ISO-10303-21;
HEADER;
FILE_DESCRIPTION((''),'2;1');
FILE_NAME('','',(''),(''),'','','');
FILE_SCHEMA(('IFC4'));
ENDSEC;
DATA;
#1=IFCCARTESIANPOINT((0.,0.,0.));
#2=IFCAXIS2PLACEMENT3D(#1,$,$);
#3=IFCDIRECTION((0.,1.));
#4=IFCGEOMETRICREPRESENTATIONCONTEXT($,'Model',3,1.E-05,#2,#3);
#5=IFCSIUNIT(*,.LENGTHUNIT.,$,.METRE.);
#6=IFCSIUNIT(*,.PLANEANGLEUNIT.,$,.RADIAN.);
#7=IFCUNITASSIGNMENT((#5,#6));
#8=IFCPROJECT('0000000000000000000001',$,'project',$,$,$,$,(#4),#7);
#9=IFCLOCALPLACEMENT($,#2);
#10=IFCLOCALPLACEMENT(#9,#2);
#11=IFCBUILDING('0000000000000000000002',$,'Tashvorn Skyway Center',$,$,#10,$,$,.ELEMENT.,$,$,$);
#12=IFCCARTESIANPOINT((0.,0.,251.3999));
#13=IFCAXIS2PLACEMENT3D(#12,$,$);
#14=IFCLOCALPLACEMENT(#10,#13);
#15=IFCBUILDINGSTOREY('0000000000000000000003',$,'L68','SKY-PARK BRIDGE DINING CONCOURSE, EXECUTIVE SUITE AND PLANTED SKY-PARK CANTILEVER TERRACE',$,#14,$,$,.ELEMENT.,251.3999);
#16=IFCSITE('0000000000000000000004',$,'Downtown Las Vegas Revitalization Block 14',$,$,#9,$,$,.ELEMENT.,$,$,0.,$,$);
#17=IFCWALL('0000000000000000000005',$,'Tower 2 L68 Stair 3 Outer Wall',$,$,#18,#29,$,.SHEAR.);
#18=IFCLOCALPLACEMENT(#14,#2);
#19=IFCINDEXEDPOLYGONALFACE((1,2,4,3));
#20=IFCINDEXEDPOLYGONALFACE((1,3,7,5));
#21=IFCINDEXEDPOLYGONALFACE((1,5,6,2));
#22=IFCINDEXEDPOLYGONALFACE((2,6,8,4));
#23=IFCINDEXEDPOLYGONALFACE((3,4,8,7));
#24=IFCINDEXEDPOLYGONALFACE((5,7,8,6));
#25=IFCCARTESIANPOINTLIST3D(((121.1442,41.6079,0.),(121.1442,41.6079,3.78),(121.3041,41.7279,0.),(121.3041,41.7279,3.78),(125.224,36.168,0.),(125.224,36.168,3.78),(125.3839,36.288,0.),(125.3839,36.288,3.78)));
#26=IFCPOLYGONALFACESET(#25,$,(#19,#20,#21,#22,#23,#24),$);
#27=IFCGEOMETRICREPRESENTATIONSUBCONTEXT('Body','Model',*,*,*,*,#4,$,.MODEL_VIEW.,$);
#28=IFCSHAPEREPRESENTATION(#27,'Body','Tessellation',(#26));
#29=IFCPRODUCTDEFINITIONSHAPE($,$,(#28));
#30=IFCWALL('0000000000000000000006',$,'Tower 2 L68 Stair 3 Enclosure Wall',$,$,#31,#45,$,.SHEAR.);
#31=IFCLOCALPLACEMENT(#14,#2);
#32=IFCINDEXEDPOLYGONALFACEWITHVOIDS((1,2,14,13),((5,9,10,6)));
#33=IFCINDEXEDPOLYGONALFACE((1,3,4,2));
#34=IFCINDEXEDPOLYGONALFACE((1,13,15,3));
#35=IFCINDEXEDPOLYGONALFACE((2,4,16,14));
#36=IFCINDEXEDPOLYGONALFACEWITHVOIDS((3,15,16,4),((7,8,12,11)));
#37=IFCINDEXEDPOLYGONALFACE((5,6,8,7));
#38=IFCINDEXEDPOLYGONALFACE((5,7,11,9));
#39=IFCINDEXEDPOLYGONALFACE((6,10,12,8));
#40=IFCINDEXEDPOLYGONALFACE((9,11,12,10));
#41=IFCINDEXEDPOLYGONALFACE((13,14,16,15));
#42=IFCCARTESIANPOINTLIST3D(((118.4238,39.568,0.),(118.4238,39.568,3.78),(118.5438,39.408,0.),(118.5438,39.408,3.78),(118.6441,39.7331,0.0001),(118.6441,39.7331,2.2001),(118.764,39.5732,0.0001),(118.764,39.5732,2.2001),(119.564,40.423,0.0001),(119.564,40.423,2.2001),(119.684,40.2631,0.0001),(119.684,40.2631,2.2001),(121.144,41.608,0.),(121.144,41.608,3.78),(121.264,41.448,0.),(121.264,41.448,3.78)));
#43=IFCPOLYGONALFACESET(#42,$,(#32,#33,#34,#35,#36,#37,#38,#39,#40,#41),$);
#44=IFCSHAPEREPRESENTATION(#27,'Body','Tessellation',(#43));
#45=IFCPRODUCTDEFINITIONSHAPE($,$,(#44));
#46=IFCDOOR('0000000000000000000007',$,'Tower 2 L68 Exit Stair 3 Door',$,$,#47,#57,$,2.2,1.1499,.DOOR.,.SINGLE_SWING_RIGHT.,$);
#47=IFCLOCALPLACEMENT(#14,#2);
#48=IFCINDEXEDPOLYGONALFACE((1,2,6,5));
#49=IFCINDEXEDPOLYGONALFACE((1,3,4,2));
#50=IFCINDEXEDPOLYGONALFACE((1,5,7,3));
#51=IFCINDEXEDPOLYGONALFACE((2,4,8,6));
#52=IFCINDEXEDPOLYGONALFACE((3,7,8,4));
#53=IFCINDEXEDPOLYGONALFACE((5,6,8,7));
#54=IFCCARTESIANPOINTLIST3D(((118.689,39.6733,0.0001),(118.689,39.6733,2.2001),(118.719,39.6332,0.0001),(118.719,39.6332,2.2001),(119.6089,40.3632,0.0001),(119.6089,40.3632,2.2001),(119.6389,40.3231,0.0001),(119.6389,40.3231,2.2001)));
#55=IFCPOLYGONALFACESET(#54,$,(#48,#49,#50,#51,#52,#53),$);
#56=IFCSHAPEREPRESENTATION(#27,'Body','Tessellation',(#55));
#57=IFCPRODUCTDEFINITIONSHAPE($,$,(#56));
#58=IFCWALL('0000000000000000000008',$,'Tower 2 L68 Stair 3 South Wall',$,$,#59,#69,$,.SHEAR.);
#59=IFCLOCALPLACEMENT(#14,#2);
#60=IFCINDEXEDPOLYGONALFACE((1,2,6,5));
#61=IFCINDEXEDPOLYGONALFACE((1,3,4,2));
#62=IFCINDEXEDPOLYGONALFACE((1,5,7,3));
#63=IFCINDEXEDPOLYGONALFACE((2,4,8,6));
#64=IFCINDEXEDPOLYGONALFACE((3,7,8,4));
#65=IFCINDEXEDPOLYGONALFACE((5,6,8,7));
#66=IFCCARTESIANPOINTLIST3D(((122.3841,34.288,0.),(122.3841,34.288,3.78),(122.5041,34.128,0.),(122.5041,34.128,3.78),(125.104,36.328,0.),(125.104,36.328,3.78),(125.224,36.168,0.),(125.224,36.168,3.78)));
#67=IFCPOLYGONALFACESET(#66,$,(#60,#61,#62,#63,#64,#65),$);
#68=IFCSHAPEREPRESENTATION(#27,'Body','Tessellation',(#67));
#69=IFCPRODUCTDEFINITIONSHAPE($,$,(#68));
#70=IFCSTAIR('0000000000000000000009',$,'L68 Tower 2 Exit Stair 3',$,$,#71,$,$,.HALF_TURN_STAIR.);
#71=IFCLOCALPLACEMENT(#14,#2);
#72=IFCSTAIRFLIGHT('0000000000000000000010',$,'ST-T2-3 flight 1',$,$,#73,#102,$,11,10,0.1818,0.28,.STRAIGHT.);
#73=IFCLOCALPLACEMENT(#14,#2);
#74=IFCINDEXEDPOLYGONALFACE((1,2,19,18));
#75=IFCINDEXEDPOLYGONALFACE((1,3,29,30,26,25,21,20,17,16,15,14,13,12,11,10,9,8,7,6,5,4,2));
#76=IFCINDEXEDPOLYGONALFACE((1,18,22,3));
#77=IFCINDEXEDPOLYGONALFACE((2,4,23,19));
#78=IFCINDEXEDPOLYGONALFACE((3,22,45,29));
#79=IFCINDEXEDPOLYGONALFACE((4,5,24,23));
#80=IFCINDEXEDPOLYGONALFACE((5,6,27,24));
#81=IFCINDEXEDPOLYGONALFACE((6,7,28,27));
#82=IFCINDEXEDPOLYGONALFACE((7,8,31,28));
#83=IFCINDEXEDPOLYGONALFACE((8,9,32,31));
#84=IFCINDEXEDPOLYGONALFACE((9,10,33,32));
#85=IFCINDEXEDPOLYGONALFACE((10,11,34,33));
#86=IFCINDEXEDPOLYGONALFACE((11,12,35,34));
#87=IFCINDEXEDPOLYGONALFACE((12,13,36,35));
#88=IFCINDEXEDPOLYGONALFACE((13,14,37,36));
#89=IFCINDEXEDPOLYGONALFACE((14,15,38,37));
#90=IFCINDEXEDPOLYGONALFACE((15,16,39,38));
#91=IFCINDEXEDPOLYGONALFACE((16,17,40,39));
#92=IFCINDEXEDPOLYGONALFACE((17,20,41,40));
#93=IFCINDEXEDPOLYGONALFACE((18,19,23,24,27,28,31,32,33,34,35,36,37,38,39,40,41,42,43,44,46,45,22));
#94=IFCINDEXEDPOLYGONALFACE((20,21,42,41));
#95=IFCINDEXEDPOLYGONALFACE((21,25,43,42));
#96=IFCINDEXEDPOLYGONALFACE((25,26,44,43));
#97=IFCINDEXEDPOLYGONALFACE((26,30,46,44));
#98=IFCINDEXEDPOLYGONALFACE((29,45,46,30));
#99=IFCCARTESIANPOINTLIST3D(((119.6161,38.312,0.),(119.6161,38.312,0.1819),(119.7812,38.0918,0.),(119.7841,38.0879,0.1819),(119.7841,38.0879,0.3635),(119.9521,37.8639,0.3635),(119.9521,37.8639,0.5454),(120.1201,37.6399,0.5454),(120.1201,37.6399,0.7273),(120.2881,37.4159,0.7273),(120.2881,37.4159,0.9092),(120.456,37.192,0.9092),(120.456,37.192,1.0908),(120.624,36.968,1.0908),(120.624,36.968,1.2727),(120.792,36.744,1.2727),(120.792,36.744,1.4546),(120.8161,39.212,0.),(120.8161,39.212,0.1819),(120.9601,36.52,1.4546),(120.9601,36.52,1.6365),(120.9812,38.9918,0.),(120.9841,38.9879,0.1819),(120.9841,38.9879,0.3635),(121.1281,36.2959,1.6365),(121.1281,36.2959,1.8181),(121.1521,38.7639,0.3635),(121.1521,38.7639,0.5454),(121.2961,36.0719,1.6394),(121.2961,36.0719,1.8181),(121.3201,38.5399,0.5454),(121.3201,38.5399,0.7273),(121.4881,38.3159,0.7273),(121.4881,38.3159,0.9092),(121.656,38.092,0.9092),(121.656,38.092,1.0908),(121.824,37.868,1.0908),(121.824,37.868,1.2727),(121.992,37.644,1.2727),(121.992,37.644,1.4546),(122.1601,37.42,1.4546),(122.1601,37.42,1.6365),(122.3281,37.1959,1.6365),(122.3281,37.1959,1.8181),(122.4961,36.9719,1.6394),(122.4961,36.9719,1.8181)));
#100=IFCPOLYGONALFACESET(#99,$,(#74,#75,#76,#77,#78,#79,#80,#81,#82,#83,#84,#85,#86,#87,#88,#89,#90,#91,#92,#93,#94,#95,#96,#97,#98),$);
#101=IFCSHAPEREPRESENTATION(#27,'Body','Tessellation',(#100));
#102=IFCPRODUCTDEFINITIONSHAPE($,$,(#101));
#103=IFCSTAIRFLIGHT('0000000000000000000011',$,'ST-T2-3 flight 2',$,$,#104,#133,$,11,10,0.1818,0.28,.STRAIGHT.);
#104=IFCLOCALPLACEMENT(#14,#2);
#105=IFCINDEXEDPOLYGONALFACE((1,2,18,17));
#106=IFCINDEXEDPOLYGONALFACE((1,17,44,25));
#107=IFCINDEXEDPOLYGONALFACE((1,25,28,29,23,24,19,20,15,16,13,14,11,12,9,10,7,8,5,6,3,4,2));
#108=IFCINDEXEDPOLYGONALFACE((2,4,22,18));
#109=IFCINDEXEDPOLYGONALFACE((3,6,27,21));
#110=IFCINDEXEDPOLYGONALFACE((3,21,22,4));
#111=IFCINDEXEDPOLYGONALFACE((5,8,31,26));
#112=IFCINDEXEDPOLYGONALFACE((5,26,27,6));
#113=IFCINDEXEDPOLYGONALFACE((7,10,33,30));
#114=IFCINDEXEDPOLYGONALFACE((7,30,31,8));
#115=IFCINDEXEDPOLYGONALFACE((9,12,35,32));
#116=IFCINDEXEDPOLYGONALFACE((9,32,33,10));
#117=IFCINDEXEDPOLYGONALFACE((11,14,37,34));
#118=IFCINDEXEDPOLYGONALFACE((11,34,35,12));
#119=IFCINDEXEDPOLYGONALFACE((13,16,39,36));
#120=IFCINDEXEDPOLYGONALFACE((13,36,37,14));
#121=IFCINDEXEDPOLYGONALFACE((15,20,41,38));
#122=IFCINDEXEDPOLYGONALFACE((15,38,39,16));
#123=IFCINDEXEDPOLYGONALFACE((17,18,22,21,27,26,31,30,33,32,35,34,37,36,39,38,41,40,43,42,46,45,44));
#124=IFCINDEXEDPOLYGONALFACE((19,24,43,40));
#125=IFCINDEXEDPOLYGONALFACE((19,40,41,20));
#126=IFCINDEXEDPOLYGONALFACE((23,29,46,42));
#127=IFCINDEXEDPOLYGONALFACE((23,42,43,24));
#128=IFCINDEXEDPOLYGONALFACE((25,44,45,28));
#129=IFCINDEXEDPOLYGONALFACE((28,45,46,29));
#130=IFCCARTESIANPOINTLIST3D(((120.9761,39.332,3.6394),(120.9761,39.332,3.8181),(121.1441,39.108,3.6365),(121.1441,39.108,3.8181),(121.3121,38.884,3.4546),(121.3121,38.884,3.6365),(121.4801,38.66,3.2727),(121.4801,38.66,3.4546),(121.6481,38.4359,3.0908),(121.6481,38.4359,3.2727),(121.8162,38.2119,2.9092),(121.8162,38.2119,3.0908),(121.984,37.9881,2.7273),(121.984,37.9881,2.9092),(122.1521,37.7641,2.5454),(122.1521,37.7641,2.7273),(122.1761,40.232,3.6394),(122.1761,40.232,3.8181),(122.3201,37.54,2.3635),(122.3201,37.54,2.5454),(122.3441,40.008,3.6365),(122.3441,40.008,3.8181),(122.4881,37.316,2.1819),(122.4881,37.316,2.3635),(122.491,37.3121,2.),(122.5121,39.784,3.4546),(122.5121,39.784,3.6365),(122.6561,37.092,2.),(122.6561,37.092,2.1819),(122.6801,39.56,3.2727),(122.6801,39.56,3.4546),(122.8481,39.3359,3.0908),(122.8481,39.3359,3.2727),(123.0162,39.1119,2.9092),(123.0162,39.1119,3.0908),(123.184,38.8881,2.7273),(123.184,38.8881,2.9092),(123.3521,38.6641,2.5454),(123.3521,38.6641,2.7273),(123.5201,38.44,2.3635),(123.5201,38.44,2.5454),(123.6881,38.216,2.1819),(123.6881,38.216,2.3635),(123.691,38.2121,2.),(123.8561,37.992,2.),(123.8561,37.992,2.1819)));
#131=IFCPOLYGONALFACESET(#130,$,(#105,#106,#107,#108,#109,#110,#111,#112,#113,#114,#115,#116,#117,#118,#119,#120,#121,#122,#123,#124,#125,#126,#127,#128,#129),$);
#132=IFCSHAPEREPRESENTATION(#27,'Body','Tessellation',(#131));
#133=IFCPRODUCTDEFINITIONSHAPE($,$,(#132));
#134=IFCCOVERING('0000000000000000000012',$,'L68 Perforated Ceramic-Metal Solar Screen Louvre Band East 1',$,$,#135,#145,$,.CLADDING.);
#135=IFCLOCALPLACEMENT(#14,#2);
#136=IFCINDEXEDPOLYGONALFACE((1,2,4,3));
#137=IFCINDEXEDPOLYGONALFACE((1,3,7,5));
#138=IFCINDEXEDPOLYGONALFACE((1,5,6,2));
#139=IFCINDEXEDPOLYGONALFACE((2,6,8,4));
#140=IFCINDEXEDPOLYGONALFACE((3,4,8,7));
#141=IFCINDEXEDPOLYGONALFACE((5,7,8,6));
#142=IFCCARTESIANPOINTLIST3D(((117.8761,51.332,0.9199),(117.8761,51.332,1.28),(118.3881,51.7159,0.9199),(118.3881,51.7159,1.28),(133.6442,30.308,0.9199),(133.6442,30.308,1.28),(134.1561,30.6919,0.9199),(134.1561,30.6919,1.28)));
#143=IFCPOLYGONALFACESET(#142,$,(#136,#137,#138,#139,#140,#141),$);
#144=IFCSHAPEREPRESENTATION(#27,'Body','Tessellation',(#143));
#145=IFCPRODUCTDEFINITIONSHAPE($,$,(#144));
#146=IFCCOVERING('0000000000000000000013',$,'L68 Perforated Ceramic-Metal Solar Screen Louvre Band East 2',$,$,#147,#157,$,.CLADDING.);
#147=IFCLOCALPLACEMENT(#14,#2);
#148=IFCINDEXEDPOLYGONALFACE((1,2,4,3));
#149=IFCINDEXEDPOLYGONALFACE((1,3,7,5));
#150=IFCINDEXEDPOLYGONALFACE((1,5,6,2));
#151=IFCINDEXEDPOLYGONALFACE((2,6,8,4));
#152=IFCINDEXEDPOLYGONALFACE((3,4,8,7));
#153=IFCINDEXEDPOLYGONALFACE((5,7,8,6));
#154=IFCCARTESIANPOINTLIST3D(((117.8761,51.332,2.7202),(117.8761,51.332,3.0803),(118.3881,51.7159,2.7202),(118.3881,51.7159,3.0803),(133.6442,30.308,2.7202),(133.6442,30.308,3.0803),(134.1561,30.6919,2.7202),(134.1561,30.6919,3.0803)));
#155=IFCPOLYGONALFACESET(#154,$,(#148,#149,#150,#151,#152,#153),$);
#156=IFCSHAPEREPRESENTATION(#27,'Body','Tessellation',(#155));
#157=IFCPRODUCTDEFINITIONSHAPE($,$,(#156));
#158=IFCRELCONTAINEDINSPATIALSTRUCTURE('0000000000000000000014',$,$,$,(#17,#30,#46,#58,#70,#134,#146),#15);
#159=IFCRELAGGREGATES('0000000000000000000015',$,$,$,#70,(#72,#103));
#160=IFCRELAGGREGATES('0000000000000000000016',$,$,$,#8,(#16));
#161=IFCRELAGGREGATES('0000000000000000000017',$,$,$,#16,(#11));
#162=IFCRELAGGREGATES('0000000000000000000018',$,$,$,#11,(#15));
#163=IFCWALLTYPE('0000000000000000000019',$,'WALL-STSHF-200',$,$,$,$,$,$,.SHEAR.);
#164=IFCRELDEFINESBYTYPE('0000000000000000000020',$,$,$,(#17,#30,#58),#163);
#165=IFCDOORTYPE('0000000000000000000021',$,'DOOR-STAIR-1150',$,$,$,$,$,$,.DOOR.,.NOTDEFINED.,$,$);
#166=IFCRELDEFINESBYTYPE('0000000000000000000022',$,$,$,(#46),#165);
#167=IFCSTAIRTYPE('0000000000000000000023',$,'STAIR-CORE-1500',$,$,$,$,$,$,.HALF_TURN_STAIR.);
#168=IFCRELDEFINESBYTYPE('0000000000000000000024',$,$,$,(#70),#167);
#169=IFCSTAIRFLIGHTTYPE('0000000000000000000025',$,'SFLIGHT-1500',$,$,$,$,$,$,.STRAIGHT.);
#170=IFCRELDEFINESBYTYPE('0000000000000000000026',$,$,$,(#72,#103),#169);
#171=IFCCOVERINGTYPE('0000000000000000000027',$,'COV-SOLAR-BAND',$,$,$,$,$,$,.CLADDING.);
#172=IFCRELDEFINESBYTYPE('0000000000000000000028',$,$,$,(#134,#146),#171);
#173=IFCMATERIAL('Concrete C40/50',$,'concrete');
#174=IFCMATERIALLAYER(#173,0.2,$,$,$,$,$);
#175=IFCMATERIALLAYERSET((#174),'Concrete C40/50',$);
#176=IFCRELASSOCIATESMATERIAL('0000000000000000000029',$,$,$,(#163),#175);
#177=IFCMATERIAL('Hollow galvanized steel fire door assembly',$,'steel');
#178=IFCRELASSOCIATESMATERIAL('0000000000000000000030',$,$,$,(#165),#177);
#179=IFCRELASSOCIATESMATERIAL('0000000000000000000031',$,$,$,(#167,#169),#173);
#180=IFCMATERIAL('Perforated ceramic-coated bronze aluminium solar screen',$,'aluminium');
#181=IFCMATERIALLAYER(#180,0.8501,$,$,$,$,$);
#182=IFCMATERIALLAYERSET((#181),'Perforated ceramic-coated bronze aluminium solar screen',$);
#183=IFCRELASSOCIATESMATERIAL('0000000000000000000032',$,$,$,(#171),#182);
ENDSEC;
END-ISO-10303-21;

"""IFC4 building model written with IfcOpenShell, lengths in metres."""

from ifc_helpers import new_model, si_unit, direction, frame, frame_2d, origin, origin_2d, place, context, subcontext, project, spatial, polyline, rectangle, outline, extrude, material, layer, layer_set, type_object, element, fill, aggregate, save


model = new_model("IFC4")

# Units and contexts
model_context = context("Model", 3, precision=1e-05, world=origin(), true_north=direction((0.0, 1.0)))
body_context = subcontext(model_context, "Body", "Model", "MODEL_VIEW")
ifc_project = project(units=[si_unit("LENGTHUNIT", "METRE"), si_unit("PLANEANGLEUNIT", "RADIAN")], contexts=[model_context])

# Site, building, storey
site_placement = place(None, origin())
site = spatial("IfcSite", under=ifc_project, at=site_placement, Name="Downtown Las Vegas Revitalization Block 14", CompositionType="ELEMENT", RefElevation=0.0)
building_placement = place(site_placement, origin())
building = spatial("IfcBuilding", under=site, at=building_placement, Name="Tashvorn Skyway Center", CompositionType="ELEMENT")
storey_placement = place(building_placement, frame((0.0, 0.0, 251.3999)))
storey = spatial("IfcBuildingStorey", under=building, at=storey_placement, Name="L68", Description="SKY-PARK BRIDGE DINING CONCOURSE, EXECUTIVE SUITE AND PLANTED SKY-PARK CANTILEVER TERRACE", CompositionType="ELEMENT", Elevation=251.3999)

# Wall
ifc_material_1 = material(Name="Concrete C40/50", Category="concrete")
ifc_layer_1 = layer(ifc_material_1, 0.2)
ifc_layer_set_1 = layer_set([ifc_layer_1], Name="Concrete C40/50")
wall_type_1 = type_object("IfcWallType", Name="WALL-STSHF-200", PredefinedType="SHEAR", material=ifc_layer_set_1)
wall_1_placement = place(storey_placement, frame((125.304, 36.228, 0.0), z_axis=(0.0, 0.0, 1.0), x_axis=(-0.599989, 0.800009, 0.0)))
element("IfcWall", 1, at=wall_1_placement, inside=storey, type_object=wall_type_1, Name="Tower 2 L68 Stair 3 Outer Wall", PredefinedType="SHEAR", context=body_context, shape_type="SweptSolid", body=[
    extrude(rectangle(XDim=6.7998, YDim=0.2, at=frame_2d((3.3999, 0.0))), origin(), (0.0, 0.0, 1.0), 3.78),
])

# Wall, opening, door
wall_2_placement = place(storey_placement, frame((121.2041, 41.5281, 0.0), z_axis=(0.0, 0.0, 1.0), x_axis=(-0.800017, -0.599977, 0.0)))
wall_2 = element("IfcWall", 2, at=wall_2_placement, inside=storey, type_object=wall_type_1, Name="Tower 2 L68 Stair 3 Enclosure Wall", PredefinedType="SHEAR", context=body_context, shape_type="SweptSolid", body=[
    extrude(rectangle(XDim=3.4001, YDim=0.2, at=frame_2d((1.7002, 0.0))), origin(), (0.0, 0.0, 1.0), 3.78),
])
opening_1_placement = place(wall_2_placement, frame((1.9751, 0.0, 0.0)))
opening_1 = element("IfcOpeningElement", 3, at=opening_1_placement, cuts=wall_2, PredefinedType="OPENING", context=body_context, shape_type="SweptSolid", body=[
    extrude(rectangle(XDim=1.1499, YDim=2.2, at=frame_2d((0.575, 1.1001))), frame((0.0, 0.1099, 0.0), z_axis=(0.0, -1.0, 0.0), x_axis=(1.0, 0.0, 0.0)), (0.0, 0.0, 1.0), 0.22),
])
ifc_material_2 = material(Name="Hollow galvanized steel fire door assembly", Category="steel")
door_type_1 = type_object("IfcDoorType", Name="DOOR-STAIR-1150", OperationType="NOTDEFINED", PredefinedType="DOOR", material=ifc_material_2)
door_1_placement = place(opening_1_placement, origin())
door_1 = element("IfcDoor", 4, at=door_1_placement, inside=storey, type_object=door_type_1, Name="Tower 2 L68 Exit Stair 3 Door", OperationType="SINGLE_SWING_RIGHT", OverallHeight=2.2, OverallWidth=1.1499, PredefinedType="DOOR", context=body_context, shape_type="SweptSolid", body=[
    extrude(rectangle(XDim=1.1499, YDim=2.2, at=frame_2d((0.575, 1.1001))), frame((0.0, 0.0249, 0.0), z_axis=(0.0, -1.0, 0.0), x_axis=(1.0, 0.0, 0.0)), (0.0, 0.0, 1.0), 0.05),
])
fill(opening_1, door_1)

# Wall
wall_3_placement = place(storey_placement, frame((122.4441, 34.208, 0.0), z_axis=(0.0, 0.0, 1.0), x_axis=(0.799991, 0.600011, 0.0)))
element("IfcWall", 5, at=wall_3_placement, inside=storey, type_object=wall_type_1, Name="Tower 2 L68 Stair 3 South Wall", PredefinedType="SHEAR", context=body_context, shape_type="SweptSolid", body=[
    extrude(rectangle(XDim=3.3999, YDim=0.2, at=frame_2d((1.7, 0.0))), origin(), (0.0, 0.0, 1.0), 3.78),
])

# Stair, stair flights
stair_type = type_object("IfcStairType", Name="STAIR-CORE-1500", PredefinedType="HALF_TURN_STAIR", material=ifc_material_1)
stair_placement = place(storey_placement, origin())
stair = element("IfcStair", 6, at=stair_placement, inside=storey, type_object=stair_type, Name="L68 Tower 2 Exit Stair 3", PredefinedType="HALF_TURN_STAIR")
stair_flight_type = type_object("IfcStairFlightType", Name="SFLIGHT-1500", PredefinedType="STRAIGHT", material=ifc_material_1)
stair_flight_1_placement = place(storey_placement, frame((120.2161, 38.762, 0.0), z_axis=(0.0, 0.0, 1.0), x_axis=(0.6, -0.8, 0.0)))
stair_flight_1 = element("IfcStairFlight", 7, at=stair_flight_1_placement, type_object=stair_flight_type, Name="ST-T2-3 flight 1", NumberOfRisers=11, NumberOfTreads=10, PredefinedType="STRAIGHT", RiserHeight=0.1818, TreadLength=0.28, context=body_context, shape_type="SweptSolid", body=[
    extrude(outline(polyline([(0.0, 0.0), (0.0, 0.1819), (0.28, 0.1819), (0.28, 0.3635), (0.5601, 0.3635), (0.5601, 0.5454), (0.8401, 0.5454), (0.8401, 0.7273), (1.1201, 0.7273), (1.1201, 0.9092), (1.3999, 0.9092), (1.3999, 1.0908), (1.6799, 1.0908), (1.6799, 1.2727), (1.96, 1.2727), (1.96, 1.4546), (2.24, 1.4546), (2.24, 1.6365), (2.52, 1.6365), (2.52, 1.8181), (2.8, 1.8181), (2.8, 2.0), (2.8, 1.6394), (0.2751, 0.0), (0.0, 0.0)])), frame((0.0, 0.75, 0.0), z_axis=(0.0, -1.0, 0.0), x_axis=(1.0, 0.0, 0.0)), (0.0, 0.0, 1.0), 1.5),
])
stair_flight_2_placement = place(storey_placement, frame((123.2561, 37.542, 2.0), z_axis=(0.0, 0.0, 1.0), x_axis=(-0.6, 0.8, 0.0)))
stair_flight_2 = element("IfcStairFlight", 8, at=stair_flight_2_placement, type_object=stair_flight_type, Name="ST-T2-3 flight 2", NumberOfRisers=11, NumberOfTreads=10, PredefinedType="STRAIGHT", RiserHeight=0.1818, TreadLength=0.28, context=body_context, shape_type="SweptSolid", body=[
    extrude(outline(polyline([(0.0, 0.0), (0.0, 0.1819), (0.28, 0.1819), (0.28, 0.3635), (0.5601, 0.3635), (0.5601, 0.5454), (0.8401, 0.5454), (0.8401, 0.7273), (1.1201, 0.7273), (1.1201, 0.9092), (1.3999, 0.9092), (1.3999, 1.0908), (1.6799, 1.0908), (1.6799, 1.2727), (1.96, 1.2727), (1.96, 1.4546), (2.24, 1.4546), (2.24, 1.6365), (2.52, 1.6365), (2.52, 1.8181), (2.8, 1.8181), (2.8, 2.0), (2.8, 1.6394), (0.2751, 0.0), (0.0, 0.0)])), frame((0.0, 0.75, 0.0), z_axis=(0.0, -1.0, 0.0), x_axis=(1.0, 0.0, 0.0)), (0.0, 0.0, 1.0), 1.5),
])
aggregate(stair, [stair_flight_1, stair_flight_2])

# Coverings
ifc_material_3 = material(Name="Perforated ceramic-coated bronze aluminium solar screen", Category="aluminium")
ifc_layer_2 = layer(ifc_material_3, 0.8501)
ifc_layer_set_2 = layer_set([ifc_layer_2], Name="Perforated ceramic-coated bronze aluminium solar screen")
covering_type = type_object("IfcCoveringType", Name="COV-SOLAR-BAND", PredefinedType="CLADDING", material=ifc_layer_set_2)
for number, where, z_axis, x_axis, name in (
    (9, (126.0161, 41.012, 0.9199), (0.0, 0.0, 1.0), (0.6, -0.8, 0.0), "L68 Perforated Ceramic-Metal Solar Screen Louvre Band East 1"),
    (10, (126.0161, 41.012, 2.7202), (0.0, 0.0, 1.0), (0.6, -0.8, 0.0), "L68 Perforated Ceramic-Metal Solar Screen Louvre Band East 2"),
):
    element("IfcCovering", number, at=place(storey_placement, frame(where, z_axis=z_axis, x_axis=x_axis)), inside=storey, type_object=covering_type, Name=name, PredefinedType="CLADDING", context=body_context, shape_type="SweptSolid", body=[
        extrude(rectangle(XDim=26.28, YDim=0.6399, at=origin_2d()), origin(), (0.0, 0.0, 1.0), 0.3601),
    ])

save(model, "model.ifc")
